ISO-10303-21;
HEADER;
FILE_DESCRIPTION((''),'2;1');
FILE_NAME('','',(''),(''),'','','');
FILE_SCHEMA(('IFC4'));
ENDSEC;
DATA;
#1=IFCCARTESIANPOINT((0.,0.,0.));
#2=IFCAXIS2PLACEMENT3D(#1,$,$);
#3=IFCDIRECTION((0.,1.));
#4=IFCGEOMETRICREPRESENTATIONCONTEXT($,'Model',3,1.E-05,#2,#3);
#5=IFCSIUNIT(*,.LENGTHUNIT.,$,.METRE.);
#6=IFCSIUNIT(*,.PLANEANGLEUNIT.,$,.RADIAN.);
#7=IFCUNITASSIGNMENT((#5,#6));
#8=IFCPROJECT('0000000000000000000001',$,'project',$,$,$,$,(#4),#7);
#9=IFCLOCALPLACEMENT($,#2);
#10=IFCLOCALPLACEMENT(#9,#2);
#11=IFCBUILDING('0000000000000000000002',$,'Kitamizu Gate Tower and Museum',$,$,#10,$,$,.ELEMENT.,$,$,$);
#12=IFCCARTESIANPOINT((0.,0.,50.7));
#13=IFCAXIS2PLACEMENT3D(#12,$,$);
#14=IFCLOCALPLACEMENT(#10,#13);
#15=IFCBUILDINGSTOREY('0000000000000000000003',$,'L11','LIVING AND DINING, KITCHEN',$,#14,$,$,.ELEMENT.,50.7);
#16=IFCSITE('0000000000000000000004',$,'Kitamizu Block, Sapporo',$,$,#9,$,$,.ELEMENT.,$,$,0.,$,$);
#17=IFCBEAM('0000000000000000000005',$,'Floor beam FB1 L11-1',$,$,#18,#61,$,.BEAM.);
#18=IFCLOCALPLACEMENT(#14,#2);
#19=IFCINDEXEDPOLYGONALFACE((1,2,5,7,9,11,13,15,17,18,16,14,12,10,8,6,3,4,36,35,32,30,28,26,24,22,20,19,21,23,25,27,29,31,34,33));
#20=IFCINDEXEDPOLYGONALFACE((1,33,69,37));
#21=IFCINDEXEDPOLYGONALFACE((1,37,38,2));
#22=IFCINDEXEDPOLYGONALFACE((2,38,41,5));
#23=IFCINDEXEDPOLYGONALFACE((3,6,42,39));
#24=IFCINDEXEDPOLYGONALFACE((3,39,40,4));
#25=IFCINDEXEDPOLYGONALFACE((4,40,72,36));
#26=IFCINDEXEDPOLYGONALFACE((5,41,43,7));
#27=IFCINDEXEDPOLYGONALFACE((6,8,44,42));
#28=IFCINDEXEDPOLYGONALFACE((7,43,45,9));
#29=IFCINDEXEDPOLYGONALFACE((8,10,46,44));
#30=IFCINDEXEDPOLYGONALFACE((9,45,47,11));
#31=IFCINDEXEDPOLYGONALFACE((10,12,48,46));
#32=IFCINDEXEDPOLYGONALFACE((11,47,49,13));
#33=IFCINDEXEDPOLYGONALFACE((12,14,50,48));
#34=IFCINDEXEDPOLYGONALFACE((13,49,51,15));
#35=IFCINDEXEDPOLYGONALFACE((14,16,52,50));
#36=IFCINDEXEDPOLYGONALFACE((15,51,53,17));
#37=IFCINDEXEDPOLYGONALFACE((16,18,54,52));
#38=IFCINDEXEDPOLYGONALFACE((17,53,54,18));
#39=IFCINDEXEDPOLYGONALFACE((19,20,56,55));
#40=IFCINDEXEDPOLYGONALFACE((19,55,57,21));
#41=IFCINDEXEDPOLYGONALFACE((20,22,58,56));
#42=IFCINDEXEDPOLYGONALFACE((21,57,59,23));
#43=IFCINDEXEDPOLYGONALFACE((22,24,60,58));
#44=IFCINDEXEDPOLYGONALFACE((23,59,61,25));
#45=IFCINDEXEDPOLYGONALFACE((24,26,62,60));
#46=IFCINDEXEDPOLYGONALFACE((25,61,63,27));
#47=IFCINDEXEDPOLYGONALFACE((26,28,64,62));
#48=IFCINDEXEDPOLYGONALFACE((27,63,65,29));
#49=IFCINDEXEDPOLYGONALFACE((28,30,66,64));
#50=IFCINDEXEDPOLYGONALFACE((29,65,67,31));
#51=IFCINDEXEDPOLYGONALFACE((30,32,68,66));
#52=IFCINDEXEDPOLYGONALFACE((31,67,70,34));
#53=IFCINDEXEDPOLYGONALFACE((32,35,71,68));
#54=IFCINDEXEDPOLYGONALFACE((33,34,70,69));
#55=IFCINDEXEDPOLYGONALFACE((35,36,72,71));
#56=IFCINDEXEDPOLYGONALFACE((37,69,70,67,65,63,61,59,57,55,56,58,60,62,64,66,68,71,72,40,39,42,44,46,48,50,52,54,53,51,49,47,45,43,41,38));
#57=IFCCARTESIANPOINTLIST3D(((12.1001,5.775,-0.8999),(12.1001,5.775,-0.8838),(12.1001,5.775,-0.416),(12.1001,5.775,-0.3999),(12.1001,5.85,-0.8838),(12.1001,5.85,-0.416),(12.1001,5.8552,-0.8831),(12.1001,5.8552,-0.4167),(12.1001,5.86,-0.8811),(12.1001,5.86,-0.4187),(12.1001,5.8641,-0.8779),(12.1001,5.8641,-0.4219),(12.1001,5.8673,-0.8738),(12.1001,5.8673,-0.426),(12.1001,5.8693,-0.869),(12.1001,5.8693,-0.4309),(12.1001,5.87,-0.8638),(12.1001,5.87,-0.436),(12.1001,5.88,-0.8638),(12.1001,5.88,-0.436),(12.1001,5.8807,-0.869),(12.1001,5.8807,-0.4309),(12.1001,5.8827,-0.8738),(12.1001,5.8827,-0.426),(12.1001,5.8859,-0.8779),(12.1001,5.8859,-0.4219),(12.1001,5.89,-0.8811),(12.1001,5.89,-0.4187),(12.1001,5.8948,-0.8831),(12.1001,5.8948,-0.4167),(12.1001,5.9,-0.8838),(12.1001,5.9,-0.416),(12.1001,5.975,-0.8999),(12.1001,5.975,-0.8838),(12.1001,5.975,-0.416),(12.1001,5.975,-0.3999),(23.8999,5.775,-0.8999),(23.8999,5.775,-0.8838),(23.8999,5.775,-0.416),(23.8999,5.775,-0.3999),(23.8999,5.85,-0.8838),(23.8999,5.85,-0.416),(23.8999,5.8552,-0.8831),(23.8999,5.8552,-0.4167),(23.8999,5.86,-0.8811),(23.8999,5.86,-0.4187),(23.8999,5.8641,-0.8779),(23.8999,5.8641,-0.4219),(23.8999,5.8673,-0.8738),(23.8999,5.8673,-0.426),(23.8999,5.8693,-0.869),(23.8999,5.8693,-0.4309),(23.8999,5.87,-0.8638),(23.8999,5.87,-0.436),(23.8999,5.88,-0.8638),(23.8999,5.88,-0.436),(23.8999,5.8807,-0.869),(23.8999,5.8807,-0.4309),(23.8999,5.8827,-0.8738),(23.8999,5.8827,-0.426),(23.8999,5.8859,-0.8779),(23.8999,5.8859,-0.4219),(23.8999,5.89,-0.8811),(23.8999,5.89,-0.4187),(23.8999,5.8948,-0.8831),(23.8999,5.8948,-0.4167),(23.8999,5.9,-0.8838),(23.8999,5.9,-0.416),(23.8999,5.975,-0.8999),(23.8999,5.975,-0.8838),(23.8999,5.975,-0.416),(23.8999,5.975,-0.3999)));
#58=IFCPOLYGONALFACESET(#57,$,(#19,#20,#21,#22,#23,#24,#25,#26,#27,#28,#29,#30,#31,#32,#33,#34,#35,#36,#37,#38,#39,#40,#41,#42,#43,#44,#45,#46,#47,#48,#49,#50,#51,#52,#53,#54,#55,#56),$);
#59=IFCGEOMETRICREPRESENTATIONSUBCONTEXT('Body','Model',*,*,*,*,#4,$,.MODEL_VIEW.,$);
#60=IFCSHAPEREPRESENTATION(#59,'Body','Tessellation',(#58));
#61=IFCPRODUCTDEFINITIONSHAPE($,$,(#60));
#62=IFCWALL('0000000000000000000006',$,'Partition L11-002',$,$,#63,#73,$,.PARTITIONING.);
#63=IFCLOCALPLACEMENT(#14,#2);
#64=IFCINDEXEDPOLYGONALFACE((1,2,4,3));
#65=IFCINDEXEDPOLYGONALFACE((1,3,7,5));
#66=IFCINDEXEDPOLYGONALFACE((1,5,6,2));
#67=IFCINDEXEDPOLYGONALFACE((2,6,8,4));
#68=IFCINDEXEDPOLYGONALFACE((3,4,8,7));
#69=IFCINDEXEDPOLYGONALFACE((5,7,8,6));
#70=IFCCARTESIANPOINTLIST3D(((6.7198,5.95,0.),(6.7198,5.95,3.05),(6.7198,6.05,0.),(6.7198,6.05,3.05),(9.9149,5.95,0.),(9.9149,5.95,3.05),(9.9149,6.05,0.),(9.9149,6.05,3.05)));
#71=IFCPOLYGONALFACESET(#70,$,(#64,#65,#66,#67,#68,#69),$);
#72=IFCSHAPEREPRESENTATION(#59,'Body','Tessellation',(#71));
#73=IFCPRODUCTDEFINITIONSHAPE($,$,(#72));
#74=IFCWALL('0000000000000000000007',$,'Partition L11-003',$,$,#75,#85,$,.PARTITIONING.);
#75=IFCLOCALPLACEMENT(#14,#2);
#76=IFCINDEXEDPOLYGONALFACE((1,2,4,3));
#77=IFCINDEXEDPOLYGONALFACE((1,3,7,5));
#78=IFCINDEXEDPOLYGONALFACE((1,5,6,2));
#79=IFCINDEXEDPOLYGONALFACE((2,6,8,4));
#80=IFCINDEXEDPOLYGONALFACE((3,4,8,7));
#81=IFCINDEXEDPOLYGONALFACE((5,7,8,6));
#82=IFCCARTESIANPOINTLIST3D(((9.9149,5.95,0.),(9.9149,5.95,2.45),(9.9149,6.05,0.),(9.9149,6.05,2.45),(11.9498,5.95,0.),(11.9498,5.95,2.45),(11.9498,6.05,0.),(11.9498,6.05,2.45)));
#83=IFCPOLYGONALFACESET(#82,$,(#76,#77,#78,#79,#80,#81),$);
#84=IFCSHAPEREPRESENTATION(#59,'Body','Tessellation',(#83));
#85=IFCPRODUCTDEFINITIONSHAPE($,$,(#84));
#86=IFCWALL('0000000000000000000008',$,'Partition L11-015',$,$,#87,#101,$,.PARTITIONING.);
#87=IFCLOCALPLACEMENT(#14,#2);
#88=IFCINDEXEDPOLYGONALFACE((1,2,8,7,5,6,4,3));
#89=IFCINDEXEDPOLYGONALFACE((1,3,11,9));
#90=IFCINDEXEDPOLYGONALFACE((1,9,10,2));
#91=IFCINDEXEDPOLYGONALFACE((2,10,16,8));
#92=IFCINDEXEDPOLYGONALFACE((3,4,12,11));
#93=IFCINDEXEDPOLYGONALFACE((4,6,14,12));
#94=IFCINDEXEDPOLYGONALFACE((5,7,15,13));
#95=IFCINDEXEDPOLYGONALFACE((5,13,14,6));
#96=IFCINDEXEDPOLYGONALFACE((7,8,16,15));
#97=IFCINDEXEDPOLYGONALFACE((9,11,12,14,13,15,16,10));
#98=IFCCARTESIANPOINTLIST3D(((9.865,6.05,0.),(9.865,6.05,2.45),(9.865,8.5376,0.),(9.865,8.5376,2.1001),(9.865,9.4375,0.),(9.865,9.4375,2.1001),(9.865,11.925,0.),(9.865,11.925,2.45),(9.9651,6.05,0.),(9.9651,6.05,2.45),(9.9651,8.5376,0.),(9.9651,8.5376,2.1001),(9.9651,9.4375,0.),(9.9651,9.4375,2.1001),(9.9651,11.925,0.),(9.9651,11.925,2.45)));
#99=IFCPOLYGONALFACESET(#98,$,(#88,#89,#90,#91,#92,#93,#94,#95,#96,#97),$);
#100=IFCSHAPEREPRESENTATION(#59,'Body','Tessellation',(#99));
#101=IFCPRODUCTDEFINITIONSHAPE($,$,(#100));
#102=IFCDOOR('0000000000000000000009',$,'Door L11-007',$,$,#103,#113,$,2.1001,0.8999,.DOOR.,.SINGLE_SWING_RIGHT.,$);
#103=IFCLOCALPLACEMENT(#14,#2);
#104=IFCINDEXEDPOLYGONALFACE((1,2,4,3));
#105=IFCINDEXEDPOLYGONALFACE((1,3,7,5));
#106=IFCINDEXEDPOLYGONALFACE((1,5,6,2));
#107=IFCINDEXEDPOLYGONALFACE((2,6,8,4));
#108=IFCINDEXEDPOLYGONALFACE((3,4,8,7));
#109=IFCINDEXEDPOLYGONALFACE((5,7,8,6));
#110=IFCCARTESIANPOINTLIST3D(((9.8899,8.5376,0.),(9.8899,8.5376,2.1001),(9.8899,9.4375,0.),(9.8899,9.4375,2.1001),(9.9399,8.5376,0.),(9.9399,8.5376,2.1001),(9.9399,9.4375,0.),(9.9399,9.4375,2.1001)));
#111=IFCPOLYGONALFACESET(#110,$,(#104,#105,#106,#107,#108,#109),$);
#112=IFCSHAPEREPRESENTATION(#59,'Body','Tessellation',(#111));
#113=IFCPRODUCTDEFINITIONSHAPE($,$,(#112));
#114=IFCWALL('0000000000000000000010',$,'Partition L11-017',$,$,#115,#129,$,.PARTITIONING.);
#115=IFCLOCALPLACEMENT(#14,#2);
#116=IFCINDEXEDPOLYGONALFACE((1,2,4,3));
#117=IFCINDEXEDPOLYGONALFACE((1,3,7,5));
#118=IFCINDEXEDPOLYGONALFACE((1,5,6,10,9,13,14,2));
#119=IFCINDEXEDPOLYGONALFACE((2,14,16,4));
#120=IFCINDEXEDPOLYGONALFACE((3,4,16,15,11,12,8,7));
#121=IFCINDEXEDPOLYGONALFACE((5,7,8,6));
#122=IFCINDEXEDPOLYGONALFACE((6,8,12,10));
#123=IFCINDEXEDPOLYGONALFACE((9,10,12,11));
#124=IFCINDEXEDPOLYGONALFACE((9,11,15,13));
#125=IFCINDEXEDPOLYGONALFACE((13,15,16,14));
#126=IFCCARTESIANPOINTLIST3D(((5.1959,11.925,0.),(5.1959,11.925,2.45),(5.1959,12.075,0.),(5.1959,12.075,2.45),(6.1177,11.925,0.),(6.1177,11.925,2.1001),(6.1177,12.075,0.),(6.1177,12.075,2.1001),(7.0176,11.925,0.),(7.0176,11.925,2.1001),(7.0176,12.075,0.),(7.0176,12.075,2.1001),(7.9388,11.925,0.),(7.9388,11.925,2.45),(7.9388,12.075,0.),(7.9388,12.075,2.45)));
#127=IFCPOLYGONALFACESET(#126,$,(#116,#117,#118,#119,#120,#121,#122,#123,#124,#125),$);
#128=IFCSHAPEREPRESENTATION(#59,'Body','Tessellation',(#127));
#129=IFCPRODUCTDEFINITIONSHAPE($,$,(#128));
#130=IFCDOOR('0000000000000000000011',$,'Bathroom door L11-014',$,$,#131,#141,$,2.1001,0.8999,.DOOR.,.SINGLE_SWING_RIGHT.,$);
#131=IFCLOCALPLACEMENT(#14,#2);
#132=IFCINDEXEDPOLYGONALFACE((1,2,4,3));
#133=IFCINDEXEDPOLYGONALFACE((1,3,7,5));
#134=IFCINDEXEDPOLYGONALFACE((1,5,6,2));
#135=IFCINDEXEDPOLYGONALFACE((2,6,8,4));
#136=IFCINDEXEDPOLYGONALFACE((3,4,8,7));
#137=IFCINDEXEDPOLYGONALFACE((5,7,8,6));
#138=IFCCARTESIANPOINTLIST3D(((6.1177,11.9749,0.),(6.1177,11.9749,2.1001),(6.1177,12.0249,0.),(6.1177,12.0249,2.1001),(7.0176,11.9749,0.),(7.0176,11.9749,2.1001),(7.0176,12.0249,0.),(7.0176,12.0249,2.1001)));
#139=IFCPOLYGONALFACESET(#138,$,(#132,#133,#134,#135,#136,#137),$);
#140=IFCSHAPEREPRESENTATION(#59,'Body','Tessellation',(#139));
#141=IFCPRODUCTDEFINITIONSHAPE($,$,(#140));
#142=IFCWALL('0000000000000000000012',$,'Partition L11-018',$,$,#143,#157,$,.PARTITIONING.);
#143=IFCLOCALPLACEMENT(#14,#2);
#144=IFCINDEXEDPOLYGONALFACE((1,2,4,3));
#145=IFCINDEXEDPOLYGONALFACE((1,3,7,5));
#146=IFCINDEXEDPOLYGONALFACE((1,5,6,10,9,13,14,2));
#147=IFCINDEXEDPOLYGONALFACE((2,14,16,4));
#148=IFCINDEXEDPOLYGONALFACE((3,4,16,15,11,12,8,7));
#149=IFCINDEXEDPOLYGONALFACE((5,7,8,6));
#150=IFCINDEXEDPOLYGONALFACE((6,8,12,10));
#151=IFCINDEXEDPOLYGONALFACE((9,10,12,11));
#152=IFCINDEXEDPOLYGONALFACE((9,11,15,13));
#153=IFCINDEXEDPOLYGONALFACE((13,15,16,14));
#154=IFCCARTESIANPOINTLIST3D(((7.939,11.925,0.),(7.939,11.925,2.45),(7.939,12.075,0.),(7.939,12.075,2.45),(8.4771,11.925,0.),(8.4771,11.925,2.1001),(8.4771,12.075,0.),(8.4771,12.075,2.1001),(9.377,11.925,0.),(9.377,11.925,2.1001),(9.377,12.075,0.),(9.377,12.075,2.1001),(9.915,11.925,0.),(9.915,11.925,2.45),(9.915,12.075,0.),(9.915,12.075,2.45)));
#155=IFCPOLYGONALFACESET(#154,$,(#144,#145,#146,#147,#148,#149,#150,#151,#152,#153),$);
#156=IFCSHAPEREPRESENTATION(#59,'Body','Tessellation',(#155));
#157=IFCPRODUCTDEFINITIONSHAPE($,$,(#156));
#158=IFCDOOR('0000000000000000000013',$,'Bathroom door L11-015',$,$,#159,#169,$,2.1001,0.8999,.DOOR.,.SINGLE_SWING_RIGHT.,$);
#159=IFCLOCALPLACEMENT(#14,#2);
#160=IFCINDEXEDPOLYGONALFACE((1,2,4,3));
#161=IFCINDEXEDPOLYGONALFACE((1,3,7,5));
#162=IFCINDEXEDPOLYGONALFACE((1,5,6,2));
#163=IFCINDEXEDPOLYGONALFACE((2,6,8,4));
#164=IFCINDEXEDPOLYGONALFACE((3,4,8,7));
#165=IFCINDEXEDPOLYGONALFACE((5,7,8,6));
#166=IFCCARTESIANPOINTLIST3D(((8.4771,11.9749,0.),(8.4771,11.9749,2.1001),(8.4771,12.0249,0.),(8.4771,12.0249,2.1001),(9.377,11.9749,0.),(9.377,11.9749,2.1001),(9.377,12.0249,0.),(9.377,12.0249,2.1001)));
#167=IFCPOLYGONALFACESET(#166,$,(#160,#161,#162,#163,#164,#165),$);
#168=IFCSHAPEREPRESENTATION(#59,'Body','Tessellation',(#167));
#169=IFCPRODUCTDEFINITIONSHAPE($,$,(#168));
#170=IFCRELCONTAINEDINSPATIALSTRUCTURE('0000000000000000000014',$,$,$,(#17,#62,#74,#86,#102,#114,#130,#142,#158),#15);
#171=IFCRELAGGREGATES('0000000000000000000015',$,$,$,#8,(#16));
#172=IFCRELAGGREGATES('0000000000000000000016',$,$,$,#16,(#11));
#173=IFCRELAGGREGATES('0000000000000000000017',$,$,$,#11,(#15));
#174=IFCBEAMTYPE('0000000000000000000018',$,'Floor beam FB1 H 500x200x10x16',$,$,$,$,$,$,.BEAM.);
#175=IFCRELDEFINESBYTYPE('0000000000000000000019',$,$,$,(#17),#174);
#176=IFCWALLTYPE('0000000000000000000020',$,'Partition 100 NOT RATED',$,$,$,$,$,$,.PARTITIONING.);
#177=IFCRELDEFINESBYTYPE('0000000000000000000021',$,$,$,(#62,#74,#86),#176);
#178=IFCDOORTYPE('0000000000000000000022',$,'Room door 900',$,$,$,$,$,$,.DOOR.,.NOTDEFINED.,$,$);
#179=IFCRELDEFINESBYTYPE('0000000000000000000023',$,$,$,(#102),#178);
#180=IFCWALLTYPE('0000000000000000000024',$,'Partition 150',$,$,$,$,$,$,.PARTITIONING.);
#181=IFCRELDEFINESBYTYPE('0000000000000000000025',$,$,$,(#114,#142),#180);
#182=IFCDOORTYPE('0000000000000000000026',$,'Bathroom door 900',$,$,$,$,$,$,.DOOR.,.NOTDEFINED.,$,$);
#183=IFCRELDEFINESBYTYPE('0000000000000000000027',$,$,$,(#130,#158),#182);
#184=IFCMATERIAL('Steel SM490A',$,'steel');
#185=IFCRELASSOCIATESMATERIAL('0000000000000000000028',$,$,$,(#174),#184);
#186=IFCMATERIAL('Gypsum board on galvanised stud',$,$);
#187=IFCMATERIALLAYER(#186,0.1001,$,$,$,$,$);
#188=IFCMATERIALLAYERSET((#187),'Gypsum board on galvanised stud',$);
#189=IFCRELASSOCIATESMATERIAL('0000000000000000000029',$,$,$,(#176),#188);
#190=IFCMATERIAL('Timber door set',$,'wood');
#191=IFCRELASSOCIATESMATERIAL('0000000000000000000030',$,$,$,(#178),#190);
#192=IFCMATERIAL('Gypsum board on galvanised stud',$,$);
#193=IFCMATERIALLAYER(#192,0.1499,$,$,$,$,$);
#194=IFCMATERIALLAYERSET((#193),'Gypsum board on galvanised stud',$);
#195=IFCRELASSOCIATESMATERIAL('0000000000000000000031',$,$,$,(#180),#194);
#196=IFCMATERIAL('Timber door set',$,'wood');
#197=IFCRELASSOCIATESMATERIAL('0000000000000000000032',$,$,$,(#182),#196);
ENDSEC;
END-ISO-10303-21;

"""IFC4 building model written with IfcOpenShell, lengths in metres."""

from ifc_helpers import new_model, si_unit, direction, frame, frame_2d, origin, origin_2d, place, context, subcontext, project, spatial, rectangle, i_section, extrude, material, layer, layer_set, material_profile, profile_set, type_object, element, fill, save


model = new_model("IFC4")

# Units and contexts
model_context = context("Model", 3, precision=1e-05, world=origin(), true_north=direction((0.0, 1.0)))
body_context = subcontext(model_context, "Body", "Model", "MODEL_VIEW")
ifc_project = project(units=[si_unit("LENGTHUNIT", "METRE"), si_unit("PLANEANGLEUNIT", "RADIAN")], contexts=[model_context])

# Site, building, storey
site_placement = place(None, origin())
site = spatial("IfcSite", under=ifc_project, at=site_placement, Name="Kitamizu Block, Sapporo", CompositionType="ELEMENT", RefElevation=0.0)
building_placement = place(site_placement, origin())
building = spatial("IfcBuilding", under=site, at=building_placement, Name="Kitamizu Gate Tower and Museum", CompositionType="ELEMENT")
storey_placement = place(building_placement, frame((0.0, 0.0, 50.7)))
storey = spatial("IfcBuildingStorey", under=building, at=storey_placement, Name="L11", Description="LIVING AND DINING, KITCHEN", CompositionType="ELEMENT", Elevation=50.7)

# Beam
ifc_material_1 = material(Name="Steel SM490A", Category="steel")
ifc_material_profile = material_profile(ifc_material_1, i_section(OverallWidth=0.2, OverallDepth=0.5, WebThickness=0.01, FlangeThickness=0.0161, FilletRadius=0.02, at=origin_2d()), Name="H-500x200x10x16")
ifc_profile_set = profile_set([ifc_material_profile], Name="Steel SM490A")
beam_type = type_object("IfcBeamType", Name="Floor beam FB1 H 500x200x10x16", PredefinedType="BEAM", material=ifc_profile_set)
beam_placement = place(storey_placement, frame((12.1001, 5.875, -0.6499), z_axis=(1.0, 0.0, 0.0), x_axis=(0.0, 1.0, 0.0)))
element("IfcBeam", 1, at=beam_placement, inside=storey, type_object=beam_type, Name="Floor beam FB1 L11-1", PredefinedType="BEAM", context=body_context, shape_type="SweptSolid", body=[
    extrude(i_section(OverallWidth=0.2, OverallDepth=0.5, WebThickness=0.01, FlangeThickness=0.0161, FilletRadius=0.02, at=origin_2d()), origin(), (0.0, 0.0, 1.0), 11.7998),
])

# Walls
ifc_material_2 = material(Name="Gypsum board on galvanised stud")
ifc_layer_1 = layer(ifc_material_2, 0.1001)
ifc_layer_set_1 = layer_set([ifc_layer_1], Name="Gypsum board on galvanised stud")
wall_type_1 = type_object("IfcWallType", Name="Partition 100 NOT RATED", PredefinedType="PARTITIONING", material=ifc_layer_set_1)
wall_1_placement = place(storey_placement, frame((9.915, 6.0, 0.0), z_axis=(0.0, 0.0, 1.0), x_axis=(-1.0, 0.0, 0.0)))
element("IfcWall", 2, at=wall_1_placement, inside=storey, type_object=wall_type_1, Name="Partition L11-002", PredefinedType="PARTITIONING", context=body_context, shape_type="SweptSolid", body=[
    extrude(rectangle(XDim=3.1951, YDim=0.1001, at=frame_2d((1.5977, 0.0))), origin(), (0.0, 0.0, 1.0), 3.05),
])
wall_2_placement = place(storey_placement, frame((11.95, 6.0, 0.0), z_axis=(0.0, 0.0, 1.0), x_axis=(-1.0, 0.0, 0.0)))
element("IfcWall", 3, at=wall_2_placement, inside=storey, type_object=wall_type_1, Name="Partition L11-003", PredefinedType="PARTITIONING", context=body_context, shape_type="SweptSolid", body=[
    extrude(rectangle(XDim=2.0349, YDim=0.1001, at=frame_2d((1.0176, 0.0))), origin(), (0.0, 0.0, 1.0), 2.45),
])

# Walls, openings, doors
wall_3_placement = place(storey_placement, frame((9.915, 6.05, 0.0), z_axis=(0.0, 0.0, 1.0), x_axis=(0.0, 1.0, 0.0)))
wall_3 = element("IfcWall", 4, at=wall_3_placement, inside=storey, type_object=wall_type_1, Name="Partition L11-015", PredefinedType="PARTITIONING", context=body_context, shape_type="SweptSolid", body=[
    extrude(rectangle(XDim=5.875, YDim=0.1001, at=frame_2d((2.9375, 0.0))), origin(), (0.0, 0.0, 1.0), 2.45),
])
opening_1_placement = place(wall_3_placement, frame((2.4875, 0.0, 0.0)))
opening_1 = element("IfcOpeningElement", 5, at=opening_1_placement, cuts=wall_3, PredefinedType="OPENING", context=body_context, shape_type="SweptSolid", body=[
    extrude(rectangle(XDim=0.8999, YDim=2.1001, at=frame_2d((0.45, 1.05))), frame((0.0, 0.0601, 0.0), z_axis=(0.0, -1.0, 0.0), x_axis=(1.0, 0.0, 0.0)), (0.0, 0.0, 1.0), 0.1201),
])
ifc_material_3 = material(Name="Timber door set", Category="wood")
door_type_1 = type_object("IfcDoorType", Name="Room door 900", OperationType="NOTDEFINED", PredefinedType="DOOR", material=ifc_material_3)
door_1_placement = place(opening_1_placement, frame((0.8999, 0.0, 0.0), x_axis=(-1.0, 0.0, 0.0)))
door_1 = element("IfcDoor", 6, at=door_1_placement, inside=storey, type_object=door_type_1, Name="Door L11-007", OperationType="SINGLE_SWING_RIGHT", OverallHeight=2.1001, OverallWidth=0.8999, PredefinedType="DOOR", context=body_context, shape_type="SweptSolid", body=[
    extrude(rectangle(XDim=0.8999, YDim=2.1001, at=frame_2d((0.45, 1.05))), frame((0.0, 0.0249, 0.0), z_axis=(0.0, -1.0, 0.0), x_axis=(1.0, 0.0, 0.0)), (0.0, 0.0, 1.0), 0.05),
])
fill(opening_1, door_1)
ifc_material_4 = material(Name="Gypsum board on galvanised stud")
ifc_layer_2 = layer(ifc_material_4, 0.1499)
ifc_layer_set_2 = layer_set([ifc_layer_2], Name="Gypsum board on galvanised stud")
wall_type_2 = type_object("IfcWallType", Name="Partition 150", PredefinedType="PARTITIONING", material=ifc_layer_set_2)
wall_4_placement = place(storey_placement, frame((7.939, 12.0, 0.0), z_axis=(0.0, 0.0, 1.0), x_axis=(-1.0, 0.0, 0.0)))
wall_4 = element("IfcWall", 7, at=wall_4_placement, inside=storey, type_object=wall_type_2, Name="Partition L11-017", PredefinedType="PARTITIONING", context=body_context, shape_type="SweptSolid", body=[
    extrude(rectangle(XDim=2.7429, YDim=0.1499, at=frame_2d((1.3716, 0.0))), origin(), (0.0, 0.0, 1.0), 2.45),
])
opening_2_placement = place(wall_4_placement, frame((0.9214, 0.0, 0.0)))
opening_2 = element("IfcOpeningElement", 8, at=opening_2_placement, cuts=wall_4, PredefinedType="OPENING", context=body_context, shape_type="SweptSolid", body=[
    extrude(rectangle(XDim=0.8999, YDim=2.1001, at=frame_2d((0.45, 1.05))), frame((0.0, 0.085, 0.0), z_axis=(0.0, -1.0, 0.0), x_axis=(1.0, 0.0, 0.0)), (0.0, 0.0, 1.0), 0.1699),
])
ifc_material_5 = material(Name="Timber door set", Category="wood")
door_type_2 = type_object("IfcDoorType", Name="Bathroom door 900", OperationType="NOTDEFINED", PredefinedType="DOOR", material=ifc_material_5)
door_2_placement = place(opening_2_placement, frame((0.8999, 0.0, 0.0), x_axis=(-1.0, 0.0, 0.0)))
door_2 = element("IfcDoor", 9, at=door_2_placement, inside=storey, type_object=door_type_2, Name="Bathroom door L11-014", OperationType="SINGLE_SWING_RIGHT", OverallHeight=2.1001, OverallWidth=0.8999, PredefinedType="DOOR", context=body_context, shape_type="SweptSolid", body=[
    extrude(rectangle(XDim=0.8999, YDim=2.1001, at=frame_2d((0.45, 1.05))), frame((0.0, 0.0249, 0.0), z_axis=(0.0, -1.0, 0.0), x_axis=(1.0, 0.0, 0.0)), (0.0, 0.0, 1.0), 0.05),
])
fill(opening_2, door_2)
wall_5_placement = place(storey_placement, frame((9.915, 12.0, 0.0), z_axis=(0.0, 0.0, 1.0), x_axis=(-1.0, 0.0, 0.0)))
wall_5 = element("IfcWall", 10, at=wall_5_placement, inside=storey, type_object=wall_type_2, Name="Partition L11-018", PredefinedType="PARTITIONING", context=body_context, shape_type="SweptSolid", body=[
    extrude(rectangle(XDim=1.9761, YDim=0.1499, at=frame_2d((0.988, 0.0))), origin(), (0.0, 0.0, 1.0), 2.45),
])
opening_3_placement = place(wall_5_placement, frame((0.5381, 0.0, 0.0)))
opening_3 = element("IfcOpeningElement", 11, at=opening_3_placement, cuts=wall_5, PredefinedType="OPENING", context=body_context, shape_type="SweptSolid", body=[
    extrude(rectangle(XDim=0.8999, YDim=2.1001, at=frame_2d((0.45, 1.05))), frame((0.0, 0.085, 0.0), z_axis=(0.0, -1.0, 0.0), x_axis=(1.0, 0.0, 0.0)), (0.0, 0.0, 1.0), 0.1699),
])
door_3_placement = place(opening_3_placement, frame((0.8999, 0.0, 0.0), x_axis=(-1.0, 0.0, 0.0)))
door_3 = element("IfcDoor", 12, at=door_3_placement, inside=storey, type_object=door_type_2, Name="Bathroom door L11-015", OperationType="SINGLE_SWING_RIGHT", OverallHeight=2.1001, OverallWidth=0.8999, PredefinedType="DOOR", context=body_context, shape_type="SweptSolid", body=[
    extrude(rectangle(XDim=0.8999, YDim=2.1001, at=frame_2d((0.45, 1.05))), frame((0.0, 0.0249, 0.0), z_axis=(0.0, -1.0, 0.0), x_axis=(1.0, 0.0, 0.0)), (0.0, 0.0, 1.0), 0.05),
])
fill(opening_3, door_3)

save(model, "model.ifc")
